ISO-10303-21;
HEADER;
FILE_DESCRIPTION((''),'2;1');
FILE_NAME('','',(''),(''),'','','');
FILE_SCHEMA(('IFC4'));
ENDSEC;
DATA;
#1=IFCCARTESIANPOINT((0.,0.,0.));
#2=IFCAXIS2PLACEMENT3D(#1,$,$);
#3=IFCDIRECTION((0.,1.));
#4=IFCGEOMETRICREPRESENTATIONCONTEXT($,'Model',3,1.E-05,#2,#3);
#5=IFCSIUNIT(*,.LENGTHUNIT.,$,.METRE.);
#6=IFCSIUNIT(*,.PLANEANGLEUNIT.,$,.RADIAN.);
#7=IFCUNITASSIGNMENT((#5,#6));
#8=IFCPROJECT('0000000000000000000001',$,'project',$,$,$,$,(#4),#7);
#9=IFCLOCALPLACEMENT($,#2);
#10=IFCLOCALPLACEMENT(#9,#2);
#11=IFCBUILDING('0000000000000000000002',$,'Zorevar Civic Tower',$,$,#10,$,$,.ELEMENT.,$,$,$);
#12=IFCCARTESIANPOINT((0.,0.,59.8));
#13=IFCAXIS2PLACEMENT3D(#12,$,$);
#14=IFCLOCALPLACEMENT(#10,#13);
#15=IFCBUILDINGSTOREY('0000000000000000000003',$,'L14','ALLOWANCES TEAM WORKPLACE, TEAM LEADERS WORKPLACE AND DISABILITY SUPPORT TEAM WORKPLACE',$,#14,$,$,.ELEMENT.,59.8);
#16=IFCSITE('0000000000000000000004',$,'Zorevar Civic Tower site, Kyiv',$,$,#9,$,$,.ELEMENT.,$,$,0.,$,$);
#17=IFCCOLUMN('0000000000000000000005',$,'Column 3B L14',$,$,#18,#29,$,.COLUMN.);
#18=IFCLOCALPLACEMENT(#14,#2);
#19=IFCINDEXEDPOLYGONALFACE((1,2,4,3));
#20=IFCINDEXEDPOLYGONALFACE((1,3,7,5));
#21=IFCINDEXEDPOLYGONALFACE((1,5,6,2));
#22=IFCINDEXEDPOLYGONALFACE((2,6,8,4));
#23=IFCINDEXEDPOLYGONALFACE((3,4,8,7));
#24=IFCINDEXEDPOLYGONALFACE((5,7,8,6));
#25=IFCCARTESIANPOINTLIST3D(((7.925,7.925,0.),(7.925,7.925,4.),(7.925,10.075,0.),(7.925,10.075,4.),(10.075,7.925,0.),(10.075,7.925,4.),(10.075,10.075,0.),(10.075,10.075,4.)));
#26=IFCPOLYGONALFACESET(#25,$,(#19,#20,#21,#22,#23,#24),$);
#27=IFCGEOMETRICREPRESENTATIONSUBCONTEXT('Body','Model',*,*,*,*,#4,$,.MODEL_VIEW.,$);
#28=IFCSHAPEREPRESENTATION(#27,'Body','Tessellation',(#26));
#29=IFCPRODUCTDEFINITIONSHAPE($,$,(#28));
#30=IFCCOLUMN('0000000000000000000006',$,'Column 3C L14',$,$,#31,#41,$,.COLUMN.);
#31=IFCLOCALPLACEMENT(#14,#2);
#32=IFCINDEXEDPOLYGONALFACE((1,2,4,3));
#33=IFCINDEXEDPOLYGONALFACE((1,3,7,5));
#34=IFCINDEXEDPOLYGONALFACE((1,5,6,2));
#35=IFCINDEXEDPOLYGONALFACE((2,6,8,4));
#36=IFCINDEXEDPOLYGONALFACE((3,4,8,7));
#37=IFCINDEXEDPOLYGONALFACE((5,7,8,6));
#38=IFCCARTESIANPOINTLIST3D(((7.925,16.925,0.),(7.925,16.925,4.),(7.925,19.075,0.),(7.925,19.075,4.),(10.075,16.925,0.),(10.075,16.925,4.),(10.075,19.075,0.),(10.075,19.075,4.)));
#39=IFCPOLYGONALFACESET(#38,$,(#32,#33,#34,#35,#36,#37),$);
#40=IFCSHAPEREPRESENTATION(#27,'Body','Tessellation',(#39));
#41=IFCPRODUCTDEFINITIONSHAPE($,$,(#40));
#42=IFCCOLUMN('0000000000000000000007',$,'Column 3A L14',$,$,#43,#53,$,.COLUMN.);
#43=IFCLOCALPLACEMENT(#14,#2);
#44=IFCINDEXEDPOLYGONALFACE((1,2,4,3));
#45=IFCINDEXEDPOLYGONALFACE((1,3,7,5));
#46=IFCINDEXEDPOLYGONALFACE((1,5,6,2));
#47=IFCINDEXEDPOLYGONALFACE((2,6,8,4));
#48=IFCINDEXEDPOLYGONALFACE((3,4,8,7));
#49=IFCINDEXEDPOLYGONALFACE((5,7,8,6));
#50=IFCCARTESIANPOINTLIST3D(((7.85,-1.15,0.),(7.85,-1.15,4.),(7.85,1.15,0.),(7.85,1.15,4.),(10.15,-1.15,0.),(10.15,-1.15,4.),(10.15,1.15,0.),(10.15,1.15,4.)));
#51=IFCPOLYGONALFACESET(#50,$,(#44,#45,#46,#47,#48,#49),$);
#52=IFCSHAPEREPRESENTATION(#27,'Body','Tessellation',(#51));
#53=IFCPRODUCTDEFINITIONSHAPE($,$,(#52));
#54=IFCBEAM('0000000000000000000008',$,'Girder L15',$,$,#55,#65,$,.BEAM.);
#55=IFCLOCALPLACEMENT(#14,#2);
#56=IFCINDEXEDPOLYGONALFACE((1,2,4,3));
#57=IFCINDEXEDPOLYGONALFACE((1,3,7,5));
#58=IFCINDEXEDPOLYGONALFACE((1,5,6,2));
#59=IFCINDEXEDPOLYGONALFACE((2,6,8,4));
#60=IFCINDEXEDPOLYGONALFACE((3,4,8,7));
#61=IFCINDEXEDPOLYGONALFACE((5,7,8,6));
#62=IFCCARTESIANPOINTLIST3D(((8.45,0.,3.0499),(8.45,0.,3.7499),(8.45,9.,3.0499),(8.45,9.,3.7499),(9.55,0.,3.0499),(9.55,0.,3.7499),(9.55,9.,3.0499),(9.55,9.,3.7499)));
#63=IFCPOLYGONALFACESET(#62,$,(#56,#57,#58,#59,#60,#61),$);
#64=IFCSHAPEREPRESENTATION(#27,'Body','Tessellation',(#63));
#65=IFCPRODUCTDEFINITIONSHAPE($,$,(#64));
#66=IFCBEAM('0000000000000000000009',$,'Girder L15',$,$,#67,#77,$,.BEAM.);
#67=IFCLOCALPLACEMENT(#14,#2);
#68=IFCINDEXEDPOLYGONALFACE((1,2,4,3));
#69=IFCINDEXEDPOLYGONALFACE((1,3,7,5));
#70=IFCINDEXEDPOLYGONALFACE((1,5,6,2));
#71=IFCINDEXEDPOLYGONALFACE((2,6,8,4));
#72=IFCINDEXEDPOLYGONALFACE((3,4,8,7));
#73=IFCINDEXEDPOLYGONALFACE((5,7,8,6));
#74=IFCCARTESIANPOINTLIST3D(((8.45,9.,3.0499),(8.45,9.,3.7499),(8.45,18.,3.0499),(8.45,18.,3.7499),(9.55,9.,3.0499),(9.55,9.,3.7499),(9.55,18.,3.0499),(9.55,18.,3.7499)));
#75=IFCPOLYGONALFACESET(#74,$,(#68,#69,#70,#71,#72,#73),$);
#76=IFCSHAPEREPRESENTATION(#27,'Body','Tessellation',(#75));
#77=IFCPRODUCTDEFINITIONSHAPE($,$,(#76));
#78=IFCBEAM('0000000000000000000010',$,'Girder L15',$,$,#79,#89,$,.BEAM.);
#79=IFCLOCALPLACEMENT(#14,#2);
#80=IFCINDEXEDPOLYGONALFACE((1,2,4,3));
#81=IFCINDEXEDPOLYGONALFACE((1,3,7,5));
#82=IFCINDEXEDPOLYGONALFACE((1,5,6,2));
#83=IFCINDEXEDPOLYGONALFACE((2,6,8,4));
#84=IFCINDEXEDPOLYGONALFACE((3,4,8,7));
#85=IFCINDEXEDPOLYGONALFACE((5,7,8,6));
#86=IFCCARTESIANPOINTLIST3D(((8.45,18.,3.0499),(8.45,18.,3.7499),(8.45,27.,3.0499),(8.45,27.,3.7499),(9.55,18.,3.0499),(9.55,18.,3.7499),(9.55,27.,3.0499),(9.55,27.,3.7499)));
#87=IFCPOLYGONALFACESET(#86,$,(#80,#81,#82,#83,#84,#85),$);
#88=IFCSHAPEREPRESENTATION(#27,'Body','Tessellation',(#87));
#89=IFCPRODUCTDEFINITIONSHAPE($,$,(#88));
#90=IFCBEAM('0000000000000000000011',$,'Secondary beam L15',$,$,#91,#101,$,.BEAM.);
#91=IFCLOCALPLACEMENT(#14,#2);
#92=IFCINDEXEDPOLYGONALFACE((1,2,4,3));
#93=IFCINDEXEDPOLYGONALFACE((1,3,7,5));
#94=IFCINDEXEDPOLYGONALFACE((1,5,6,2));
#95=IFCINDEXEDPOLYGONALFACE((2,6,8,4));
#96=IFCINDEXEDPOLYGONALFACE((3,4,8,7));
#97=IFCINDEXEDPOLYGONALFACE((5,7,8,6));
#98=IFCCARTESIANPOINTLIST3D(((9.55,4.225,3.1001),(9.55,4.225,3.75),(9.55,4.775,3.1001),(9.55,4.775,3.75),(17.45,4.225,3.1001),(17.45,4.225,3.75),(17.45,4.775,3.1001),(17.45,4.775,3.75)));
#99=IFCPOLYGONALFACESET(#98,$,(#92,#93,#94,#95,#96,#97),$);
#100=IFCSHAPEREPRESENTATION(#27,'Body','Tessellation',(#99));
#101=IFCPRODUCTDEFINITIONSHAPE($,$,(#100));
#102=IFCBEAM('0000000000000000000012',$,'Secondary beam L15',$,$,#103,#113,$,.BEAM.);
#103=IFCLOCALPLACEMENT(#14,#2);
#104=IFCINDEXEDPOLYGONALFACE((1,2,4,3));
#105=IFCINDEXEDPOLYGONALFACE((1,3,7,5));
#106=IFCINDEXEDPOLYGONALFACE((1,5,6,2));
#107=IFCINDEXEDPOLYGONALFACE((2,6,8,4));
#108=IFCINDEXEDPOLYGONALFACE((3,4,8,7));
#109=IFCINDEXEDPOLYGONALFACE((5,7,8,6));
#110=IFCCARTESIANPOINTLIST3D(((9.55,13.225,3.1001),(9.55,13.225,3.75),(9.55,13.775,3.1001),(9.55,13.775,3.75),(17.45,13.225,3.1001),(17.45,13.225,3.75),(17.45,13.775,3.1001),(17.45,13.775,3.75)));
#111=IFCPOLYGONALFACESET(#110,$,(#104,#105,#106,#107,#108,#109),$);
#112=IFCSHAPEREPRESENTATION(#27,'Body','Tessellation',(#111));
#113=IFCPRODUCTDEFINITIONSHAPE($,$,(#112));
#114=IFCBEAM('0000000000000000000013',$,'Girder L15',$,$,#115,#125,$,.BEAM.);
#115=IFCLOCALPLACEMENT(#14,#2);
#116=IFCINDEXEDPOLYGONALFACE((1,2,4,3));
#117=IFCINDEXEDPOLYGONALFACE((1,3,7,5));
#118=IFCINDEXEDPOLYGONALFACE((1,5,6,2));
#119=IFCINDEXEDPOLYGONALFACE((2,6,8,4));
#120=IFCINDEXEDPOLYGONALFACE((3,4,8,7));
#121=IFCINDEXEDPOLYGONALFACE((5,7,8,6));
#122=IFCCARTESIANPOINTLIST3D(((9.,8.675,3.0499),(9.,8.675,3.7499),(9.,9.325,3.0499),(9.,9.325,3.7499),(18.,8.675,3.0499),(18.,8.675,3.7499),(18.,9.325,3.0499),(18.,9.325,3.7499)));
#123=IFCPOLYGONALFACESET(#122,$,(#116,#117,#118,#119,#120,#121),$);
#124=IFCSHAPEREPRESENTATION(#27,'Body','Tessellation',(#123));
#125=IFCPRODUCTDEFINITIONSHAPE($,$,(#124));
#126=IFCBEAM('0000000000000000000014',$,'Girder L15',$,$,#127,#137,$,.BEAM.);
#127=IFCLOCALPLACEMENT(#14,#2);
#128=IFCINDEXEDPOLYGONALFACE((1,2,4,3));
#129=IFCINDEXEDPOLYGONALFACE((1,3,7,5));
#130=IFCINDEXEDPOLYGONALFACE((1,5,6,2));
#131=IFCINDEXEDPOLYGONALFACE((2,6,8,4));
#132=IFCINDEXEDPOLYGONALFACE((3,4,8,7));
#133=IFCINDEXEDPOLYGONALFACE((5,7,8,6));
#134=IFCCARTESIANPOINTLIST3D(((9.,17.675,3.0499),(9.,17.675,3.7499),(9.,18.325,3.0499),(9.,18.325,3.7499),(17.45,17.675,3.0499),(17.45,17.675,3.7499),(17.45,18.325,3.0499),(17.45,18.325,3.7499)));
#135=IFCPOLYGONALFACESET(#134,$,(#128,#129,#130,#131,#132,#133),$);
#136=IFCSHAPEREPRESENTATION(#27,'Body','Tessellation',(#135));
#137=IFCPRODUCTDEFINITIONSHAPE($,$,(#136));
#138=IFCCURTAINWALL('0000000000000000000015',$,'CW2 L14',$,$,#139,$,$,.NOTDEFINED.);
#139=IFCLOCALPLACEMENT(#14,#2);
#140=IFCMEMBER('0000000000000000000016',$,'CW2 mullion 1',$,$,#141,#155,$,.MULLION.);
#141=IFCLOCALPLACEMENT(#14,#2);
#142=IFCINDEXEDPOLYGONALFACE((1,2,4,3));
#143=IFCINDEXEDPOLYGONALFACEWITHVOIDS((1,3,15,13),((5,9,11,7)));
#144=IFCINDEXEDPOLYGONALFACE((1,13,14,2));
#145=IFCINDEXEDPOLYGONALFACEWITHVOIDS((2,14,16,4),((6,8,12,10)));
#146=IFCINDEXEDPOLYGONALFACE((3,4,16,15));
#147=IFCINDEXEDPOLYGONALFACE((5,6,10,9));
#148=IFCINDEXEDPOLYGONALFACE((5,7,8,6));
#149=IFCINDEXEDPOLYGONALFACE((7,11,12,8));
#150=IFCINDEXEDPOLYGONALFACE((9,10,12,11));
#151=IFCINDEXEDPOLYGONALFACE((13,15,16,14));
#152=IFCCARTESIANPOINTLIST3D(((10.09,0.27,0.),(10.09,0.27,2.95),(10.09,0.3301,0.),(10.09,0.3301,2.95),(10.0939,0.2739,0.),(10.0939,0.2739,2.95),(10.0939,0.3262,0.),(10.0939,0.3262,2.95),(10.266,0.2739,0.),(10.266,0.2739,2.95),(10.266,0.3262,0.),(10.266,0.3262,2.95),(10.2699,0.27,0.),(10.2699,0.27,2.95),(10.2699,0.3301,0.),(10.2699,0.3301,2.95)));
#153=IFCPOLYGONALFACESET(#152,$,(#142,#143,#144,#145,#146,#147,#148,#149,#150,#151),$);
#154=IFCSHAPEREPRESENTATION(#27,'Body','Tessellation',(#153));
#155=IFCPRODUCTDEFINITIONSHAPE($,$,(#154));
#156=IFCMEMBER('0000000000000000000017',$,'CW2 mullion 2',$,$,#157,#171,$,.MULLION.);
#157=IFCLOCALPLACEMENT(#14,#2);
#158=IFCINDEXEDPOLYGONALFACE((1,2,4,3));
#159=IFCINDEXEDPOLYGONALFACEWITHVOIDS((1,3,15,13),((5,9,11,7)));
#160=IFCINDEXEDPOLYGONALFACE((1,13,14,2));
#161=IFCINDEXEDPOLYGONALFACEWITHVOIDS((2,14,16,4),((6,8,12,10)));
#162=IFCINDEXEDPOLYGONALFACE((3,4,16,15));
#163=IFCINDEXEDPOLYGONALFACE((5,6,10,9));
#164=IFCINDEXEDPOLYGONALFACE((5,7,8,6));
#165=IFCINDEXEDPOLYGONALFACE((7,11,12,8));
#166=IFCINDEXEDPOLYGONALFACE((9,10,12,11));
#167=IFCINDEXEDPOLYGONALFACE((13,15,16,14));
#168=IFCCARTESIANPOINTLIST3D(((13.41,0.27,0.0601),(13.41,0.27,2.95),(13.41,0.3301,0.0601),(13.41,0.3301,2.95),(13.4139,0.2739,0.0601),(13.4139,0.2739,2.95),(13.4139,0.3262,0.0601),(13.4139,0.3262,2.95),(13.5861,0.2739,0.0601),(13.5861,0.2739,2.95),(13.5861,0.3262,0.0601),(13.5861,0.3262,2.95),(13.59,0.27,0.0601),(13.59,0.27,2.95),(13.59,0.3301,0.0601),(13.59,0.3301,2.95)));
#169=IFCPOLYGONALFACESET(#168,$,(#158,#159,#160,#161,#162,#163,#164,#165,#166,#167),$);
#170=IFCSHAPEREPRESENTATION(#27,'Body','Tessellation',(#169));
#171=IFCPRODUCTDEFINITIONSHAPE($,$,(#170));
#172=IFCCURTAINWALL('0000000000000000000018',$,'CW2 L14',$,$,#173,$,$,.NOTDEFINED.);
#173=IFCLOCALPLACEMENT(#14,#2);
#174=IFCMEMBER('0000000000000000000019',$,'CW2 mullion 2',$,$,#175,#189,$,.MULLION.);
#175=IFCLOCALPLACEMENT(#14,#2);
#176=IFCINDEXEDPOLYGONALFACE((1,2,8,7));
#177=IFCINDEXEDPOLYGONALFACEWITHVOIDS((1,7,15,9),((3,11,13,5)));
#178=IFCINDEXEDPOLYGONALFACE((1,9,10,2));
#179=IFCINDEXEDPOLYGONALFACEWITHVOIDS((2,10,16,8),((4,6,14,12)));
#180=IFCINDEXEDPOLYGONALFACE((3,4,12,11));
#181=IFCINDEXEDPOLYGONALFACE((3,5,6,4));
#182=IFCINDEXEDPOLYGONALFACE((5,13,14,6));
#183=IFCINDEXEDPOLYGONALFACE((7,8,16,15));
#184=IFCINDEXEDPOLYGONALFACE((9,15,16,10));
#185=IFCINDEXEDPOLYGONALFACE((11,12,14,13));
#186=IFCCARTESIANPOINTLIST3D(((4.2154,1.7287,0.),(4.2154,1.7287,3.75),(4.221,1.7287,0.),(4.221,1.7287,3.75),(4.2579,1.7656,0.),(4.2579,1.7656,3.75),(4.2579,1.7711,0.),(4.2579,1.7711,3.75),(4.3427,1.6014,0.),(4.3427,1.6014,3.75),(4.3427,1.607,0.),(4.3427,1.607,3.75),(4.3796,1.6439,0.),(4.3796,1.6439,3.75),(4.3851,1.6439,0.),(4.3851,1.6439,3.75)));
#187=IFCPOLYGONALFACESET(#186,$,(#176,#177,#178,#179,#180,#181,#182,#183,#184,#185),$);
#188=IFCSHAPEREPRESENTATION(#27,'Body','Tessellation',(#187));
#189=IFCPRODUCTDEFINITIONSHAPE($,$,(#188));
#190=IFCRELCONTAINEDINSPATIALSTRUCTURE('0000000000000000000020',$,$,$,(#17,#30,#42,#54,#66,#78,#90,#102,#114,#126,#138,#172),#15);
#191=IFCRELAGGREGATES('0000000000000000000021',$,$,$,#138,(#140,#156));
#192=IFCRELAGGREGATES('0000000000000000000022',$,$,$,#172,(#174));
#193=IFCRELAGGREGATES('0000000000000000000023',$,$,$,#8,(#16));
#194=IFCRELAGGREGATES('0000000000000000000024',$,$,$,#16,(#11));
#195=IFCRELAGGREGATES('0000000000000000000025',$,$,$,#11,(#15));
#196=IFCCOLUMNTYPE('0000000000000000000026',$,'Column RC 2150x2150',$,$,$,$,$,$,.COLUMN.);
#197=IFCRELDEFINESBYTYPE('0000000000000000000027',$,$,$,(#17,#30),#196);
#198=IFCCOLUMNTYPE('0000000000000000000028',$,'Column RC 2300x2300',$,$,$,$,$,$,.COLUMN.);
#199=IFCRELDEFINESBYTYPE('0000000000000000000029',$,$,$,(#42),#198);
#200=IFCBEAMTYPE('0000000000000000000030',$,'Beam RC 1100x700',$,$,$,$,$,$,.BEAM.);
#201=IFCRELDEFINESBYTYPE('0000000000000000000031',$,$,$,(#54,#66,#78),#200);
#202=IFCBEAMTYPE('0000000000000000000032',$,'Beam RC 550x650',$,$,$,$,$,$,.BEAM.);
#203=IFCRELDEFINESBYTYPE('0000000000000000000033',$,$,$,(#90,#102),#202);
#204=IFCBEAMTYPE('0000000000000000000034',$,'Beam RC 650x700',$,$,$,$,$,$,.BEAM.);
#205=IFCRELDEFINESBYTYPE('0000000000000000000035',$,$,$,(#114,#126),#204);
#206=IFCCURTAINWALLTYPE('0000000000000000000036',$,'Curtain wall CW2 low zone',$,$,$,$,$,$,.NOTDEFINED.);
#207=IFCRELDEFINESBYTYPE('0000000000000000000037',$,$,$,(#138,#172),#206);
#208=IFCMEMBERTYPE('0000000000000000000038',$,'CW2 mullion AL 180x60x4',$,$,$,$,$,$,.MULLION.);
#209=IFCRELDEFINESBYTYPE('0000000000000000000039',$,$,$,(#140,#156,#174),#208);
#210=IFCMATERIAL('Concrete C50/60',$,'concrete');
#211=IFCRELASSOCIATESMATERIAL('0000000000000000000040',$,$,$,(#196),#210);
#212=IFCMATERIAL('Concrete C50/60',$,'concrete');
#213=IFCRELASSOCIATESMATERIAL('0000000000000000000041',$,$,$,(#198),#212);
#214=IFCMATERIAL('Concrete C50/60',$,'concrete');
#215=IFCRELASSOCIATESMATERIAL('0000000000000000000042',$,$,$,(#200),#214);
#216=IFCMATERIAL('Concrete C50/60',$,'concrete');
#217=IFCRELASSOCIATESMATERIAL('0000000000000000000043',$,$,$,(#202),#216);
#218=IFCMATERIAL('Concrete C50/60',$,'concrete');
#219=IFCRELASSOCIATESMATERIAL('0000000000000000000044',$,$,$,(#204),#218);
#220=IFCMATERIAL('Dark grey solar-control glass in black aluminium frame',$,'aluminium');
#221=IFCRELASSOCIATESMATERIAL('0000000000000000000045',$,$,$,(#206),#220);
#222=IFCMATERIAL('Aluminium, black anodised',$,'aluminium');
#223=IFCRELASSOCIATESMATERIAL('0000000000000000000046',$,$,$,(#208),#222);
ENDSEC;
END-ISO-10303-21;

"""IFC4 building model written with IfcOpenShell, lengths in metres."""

from ifc_helpers import new_model, si_unit, direction, frame, origin, origin_2d, place, context, subcontext, project, spatial, rectangle, hollow_rectangle, extrude, material, material_profile, profile_set, type_object, element, aggregate, save


model = new_model("IFC4")

# Units and contexts
model_context = context("Model", 3, precision=1e-05, world=origin(), true_north=direction((0.0, 1.0)))
body_context = subcontext(model_context, "Body", "Model", "MODEL_VIEW")
ifc_project = project(units=[si_unit("LENGTHUNIT", "METRE"), si_unit("PLANEANGLEUNIT", "RADIAN")], contexts=[model_context])

# Site, building, storey
site_placement = place(None, origin())
site = spatial("IfcSite", under=ifc_project, at=site_placement, Name="Zorevar Civic Tower site, Kyiv", CompositionType="ELEMENT", RefElevation=0.0)
building_placement = place(site_placement, origin())
building = spatial("IfcBuilding", under=site, at=building_placement, Name="Zorevar Civic Tower", CompositionType="ELEMENT")
storey_placement = place(building_placement, frame((0.0, 0.0, 59.8)))
storey = spatial("IfcBuildingStorey", under=building, at=storey_placement, Name="L14", Description="ALLOWANCES TEAM WORKPLACE, TEAM LEADERS WORKPLACE AND DISABILITY SUPPORT TEAM WORKPLACE", CompositionType="ELEMENT", Elevation=59.8)

# Columns
ifc_material_1 = material(Name="Concrete C50/60", Category="concrete")
ifc_material_profile_1 = material_profile(ifc_material_1, rectangle(XDim=2.1499, YDim=2.1499, at=origin_2d()), Name="RC 2150x2150")
ifc_profile_set_1 = profile_set([ifc_material_profile_1], Name="Concrete C50/60")
column_type_1 = type_object("IfcColumnType", Name="Column RC 2150x2150", PredefinedType="COLUMN", material=ifc_profile_set_1)
for number, where, z_axis, x_axis, name in (
    (1, (9.0, 9.0, 0.0), (0.0, 0.0, 1.0), (1.0, 0.0, 0.0), "Column 3B L14"),
    (2, (9.0, 18.0, 0.0), (0.0, 0.0, 1.0), (1.0, 0.0, 0.0), "Column 3C L14"),
):
    element("IfcColumn", number, at=place(storey_placement, frame(where, z_axis=z_axis, x_axis=x_axis)), inside=storey, type_object=column_type_1, Name=name, PredefinedType="COLUMN", context=body_context, shape_type="SweptSolid", body=[
        extrude(rectangle(XDim=2.1499, YDim=2.1499, at=origin_2d()), origin(), (0.0, 0.0, 1.0), 4.0),
    ])
ifc_material_2 = material(Name="Concrete C50/60", Category="concrete")
ifc_material_profile_2 = material_profile(ifc_material_2, rectangle(XDim=2.3, YDim=2.3, at=origin_2d()), Name="RC 2300x2300")
ifc_profile_set_2 = profile_set([ifc_material_profile_2], Name="Concrete C50/60")
column_type_2 = type_object("IfcColumnType", Name="Column RC 2300x2300", PredefinedType="COLUMN", material=ifc_profile_set_2)
column_placement = place(storey_placement, frame((9.0, 0.0, 0.0), z_axis=(0.0, 0.0, 1.0), x_axis=(1.0, 0.0, 0.0)))
element("IfcColumn", 3, at=column_placement, inside=storey, type_object=column_type_2, Name="Column 3A L14", PredefinedType="COLUMN", context=body_context, shape_type="SweptSolid", body=[
    extrude(rectangle(XDim=2.3, YDim=2.3, at=origin_2d()), origin(), (0.0, 0.0, 1.0), 4.0),
])

# Beams
ifc_material_3 = material(Name="Concrete C50/60", Category="concrete")
ifc_material_profile_3 = material_profile(ifc_material_3, rectangle(XDim=1.1001, YDim=0.7, at=origin_2d()), Name="RC 1100x700")
ifc_profile_set_3 = profile_set([ifc_material_profile_3], Name="Concrete C50/60")
beam_type_1 = type_object("IfcBeamType", Name="Beam RC 1100x700", PredefinedType="BEAM", material=ifc_profile_set_3)
for number, where, z_axis, x_axis, name in (
    (4, (9.0, 0.0, 3.3999), (0.0, 1.0, 0.0), (-1.0, 0.0, 0.0), "Girder L15"),
    (5, (9.0, 9.0, 3.3999), (0.0, 1.0, 0.0), (-1.0, 0.0, 0.0), "Girder L15"),
    (6, (9.0, 18.0, 3.3999), (0.0, 1.0, 0.0), (-1.0, 0.0, 0.0), "Girder L15"),
):
    element("IfcBeam", number, at=place(storey_placement, frame(where, z_axis=z_axis, x_axis=x_axis)), inside=storey, type_object=beam_type_1, Name=name, PredefinedType="BEAM", context=body_context, shape_type="SweptSolid", body=[
        extrude(rectangle(XDim=1.1001, YDim=0.7, at=origin_2d()), origin(), (0.0, 0.0, 1.0), 9.0),
    ])
ifc_material_4 = material(Name="Concrete C50/60", Category="concrete")
ifc_material_profile_4 = material_profile(ifc_material_4, rectangle(XDim=0.55, YDim=0.6499, at=origin_2d()), Name="RC 550x650")
ifc_profile_set_4 = profile_set([ifc_material_profile_4], Name="Concrete C50/60")
beam_type_2 = type_object("IfcBeamType", Name="Beam RC 550x650", PredefinedType="BEAM", material=ifc_profile_set_4)
for number, where, z_axis, x_axis, name in (
    (7, (9.55, 4.5, 3.425), (1.0, 0.0, 0.0), (0.0, 1.0, 0.0), "Secondary beam L15"),
    (8, (9.55, 13.5, 3.425), (1.0, 0.0, 0.0), (0.0, 1.0, 0.0), "Secondary beam L15"),
):
    element("IfcBeam", number, at=place(storey_placement, frame(where, z_axis=z_axis, x_axis=x_axis)), inside=storey, type_object=beam_type_2, Name=name, PredefinedType="BEAM", context=body_context, shape_type="SweptSolid", body=[
        extrude(rectangle(XDim=0.55, YDim=0.6499, at=origin_2d()), origin(), (0.0, 0.0, 1.0), 7.8999),
    ])
ifc_material_5 = material(Name="Concrete C50/60", Category="concrete")
ifc_material_profile_5 = material_profile(ifc_material_5, rectangle(XDim=0.6499, YDim=0.7, at=origin_2d()), Name="RC 650x700")
ifc_profile_set_5 = profile_set([ifc_material_profile_5], Name="Concrete C50/60")
beam_type_3 = type_object("IfcBeamType", Name="Beam RC 650x700", PredefinedType="BEAM", material=ifc_profile_set_5)
beam_1_placement = place(storey_placement, frame((9.0, 9.0, 3.3999), z_axis=(1.0, 0.0, 0.0), x_axis=(0.0, 1.0, 0.0)))
element("IfcBeam", 9, at=beam_1_placement, inside=storey, type_object=beam_type_3, Name="Girder L15", PredefinedType="BEAM", context=body_context, shape_type="SweptSolid", body=[
    extrude(rectangle(XDim=0.6499, YDim=0.7, at=origin_2d()), origin(), (0.0, 0.0, 1.0), 9.0),
])
beam_2_placement = place(storey_placement, frame((9.0, 18.0, 3.3999), z_axis=(1.0, 0.0, 0.0), x_axis=(0.0, 1.0, 0.0)))
element("IfcBeam", 10, at=beam_2_placement, inside=storey, type_object=beam_type_3, Name="Girder L15", PredefinedType="BEAM", context=body_context, shape_type="SweptSolid", body=[
    extrude(rectangle(XDim=0.6499, YDim=0.7, at=origin_2d()), origin(), (0.0, 0.0, 1.0), 8.45),
])

# Curtain wall, members
ifc_material_6 = material(Name="Dark grey solar-control glass in black aluminium frame", Category="aluminium")
curtain_wall_type = type_object("IfcCurtainWallType", Name="Curtain wall CW2 low zone", PredefinedType="NOTDEFINED", material=ifc_material_6)
curtain_wall_1_placement = place(storey_placement, origin())
curtain_wall_1 = element("IfcCurtainWall", 11, at=curtain_wall_1_placement, inside=storey, type_object=curtain_wall_type, Name="CW2 L14", PredefinedType="NOTDEFINED")
ifc_material_7 = material(Name="Aluminium, black anodised", Category="aluminium")
ifc_material_profile_6 = material_profile(ifc_material_7, hollow_rectangle(XDim=0.0601, YDim=0.1799, WallThickness=0.0039, at=origin_2d()), Name="AL 180x60x4")
ifc_profile_set_6 = profile_set([ifc_material_profile_6], Name="Aluminium, black anodised")
member_type_1 = type_object("IfcMemberType", Name="CW2 mullion AL 180x60x4", PredefinedType="MULLION", material=ifc_profile_set_6)
member_1_placement = place(storey_placement, frame((10.1799, 0.3, 0.0), z_axis=(0.0, 0.0, 1.0), x_axis=(0.0, 1.0, 0.0)))
member_1 = element("IfcMember", 12, at=member_1_placement, type_object=member_type_1, Name="CW2 mullion 1", PredefinedType="MULLION", context=body_context, shape_type="SweptSolid", body=[
    extrude(hollow_rectangle(XDim=0.0601, YDim=0.1799, WallThickness=0.0039, at=origin_2d()), origin(), (0.0, 0.0, 1.0), 2.95),
])
member_2_placement = place(storey_placement, frame((13.5, 0.3, 0.0601), z_axis=(0.0, 0.0, 1.0), x_axis=(0.0, 1.0, 0.0)))
member_2 = element("IfcMember", 13, at=member_2_placement, type_object=member_type_1, Name="CW2 mullion 2", PredefinedType="MULLION", context=body_context, shape_type="SweptSolid", body=[
    extrude(hollow_rectangle(XDim=0.0601, YDim=0.1799, WallThickness=0.0039, at=origin_2d()), origin(), (0.0, 0.0, 1.0), 2.8899),
])

# Curtain wall, member
curtain_wall_2_placement = place(storey_placement, origin())
curtain_wall_2 = element("IfcCurtainWall", 14, at=curtain_wall_2_placement, inside=storey, type_object=curtain_wall_type, Name="CW2 L14", PredefinedType="NOTDEFINED")
member_3_placement = place(storey_placement, frame((4.3003, 1.6863, 0.0), z_axis=(0.0, 0.0, 1.0), x_axis=(0.707107, 0.707107, 0.0)))
member_3 = element("IfcMember", 15, at=member_3_placement, type_object=member_type_1, Name="CW2 mullion 2", PredefinedType="MULLION", context=body_context, shape_type="SweptSolid", body=[
    extrude(hollow_rectangle(XDim=0.0601, YDim=0.1799, WallThickness=0.0039, at=origin_2d()), origin(), (0.0, 0.0, 1.0), 3.75),
])

aggregate(curtain_wall_1, [member_1, member_2])
aggregate(curtain_wall_2, [member_3])

save(model, "model.ifc")
